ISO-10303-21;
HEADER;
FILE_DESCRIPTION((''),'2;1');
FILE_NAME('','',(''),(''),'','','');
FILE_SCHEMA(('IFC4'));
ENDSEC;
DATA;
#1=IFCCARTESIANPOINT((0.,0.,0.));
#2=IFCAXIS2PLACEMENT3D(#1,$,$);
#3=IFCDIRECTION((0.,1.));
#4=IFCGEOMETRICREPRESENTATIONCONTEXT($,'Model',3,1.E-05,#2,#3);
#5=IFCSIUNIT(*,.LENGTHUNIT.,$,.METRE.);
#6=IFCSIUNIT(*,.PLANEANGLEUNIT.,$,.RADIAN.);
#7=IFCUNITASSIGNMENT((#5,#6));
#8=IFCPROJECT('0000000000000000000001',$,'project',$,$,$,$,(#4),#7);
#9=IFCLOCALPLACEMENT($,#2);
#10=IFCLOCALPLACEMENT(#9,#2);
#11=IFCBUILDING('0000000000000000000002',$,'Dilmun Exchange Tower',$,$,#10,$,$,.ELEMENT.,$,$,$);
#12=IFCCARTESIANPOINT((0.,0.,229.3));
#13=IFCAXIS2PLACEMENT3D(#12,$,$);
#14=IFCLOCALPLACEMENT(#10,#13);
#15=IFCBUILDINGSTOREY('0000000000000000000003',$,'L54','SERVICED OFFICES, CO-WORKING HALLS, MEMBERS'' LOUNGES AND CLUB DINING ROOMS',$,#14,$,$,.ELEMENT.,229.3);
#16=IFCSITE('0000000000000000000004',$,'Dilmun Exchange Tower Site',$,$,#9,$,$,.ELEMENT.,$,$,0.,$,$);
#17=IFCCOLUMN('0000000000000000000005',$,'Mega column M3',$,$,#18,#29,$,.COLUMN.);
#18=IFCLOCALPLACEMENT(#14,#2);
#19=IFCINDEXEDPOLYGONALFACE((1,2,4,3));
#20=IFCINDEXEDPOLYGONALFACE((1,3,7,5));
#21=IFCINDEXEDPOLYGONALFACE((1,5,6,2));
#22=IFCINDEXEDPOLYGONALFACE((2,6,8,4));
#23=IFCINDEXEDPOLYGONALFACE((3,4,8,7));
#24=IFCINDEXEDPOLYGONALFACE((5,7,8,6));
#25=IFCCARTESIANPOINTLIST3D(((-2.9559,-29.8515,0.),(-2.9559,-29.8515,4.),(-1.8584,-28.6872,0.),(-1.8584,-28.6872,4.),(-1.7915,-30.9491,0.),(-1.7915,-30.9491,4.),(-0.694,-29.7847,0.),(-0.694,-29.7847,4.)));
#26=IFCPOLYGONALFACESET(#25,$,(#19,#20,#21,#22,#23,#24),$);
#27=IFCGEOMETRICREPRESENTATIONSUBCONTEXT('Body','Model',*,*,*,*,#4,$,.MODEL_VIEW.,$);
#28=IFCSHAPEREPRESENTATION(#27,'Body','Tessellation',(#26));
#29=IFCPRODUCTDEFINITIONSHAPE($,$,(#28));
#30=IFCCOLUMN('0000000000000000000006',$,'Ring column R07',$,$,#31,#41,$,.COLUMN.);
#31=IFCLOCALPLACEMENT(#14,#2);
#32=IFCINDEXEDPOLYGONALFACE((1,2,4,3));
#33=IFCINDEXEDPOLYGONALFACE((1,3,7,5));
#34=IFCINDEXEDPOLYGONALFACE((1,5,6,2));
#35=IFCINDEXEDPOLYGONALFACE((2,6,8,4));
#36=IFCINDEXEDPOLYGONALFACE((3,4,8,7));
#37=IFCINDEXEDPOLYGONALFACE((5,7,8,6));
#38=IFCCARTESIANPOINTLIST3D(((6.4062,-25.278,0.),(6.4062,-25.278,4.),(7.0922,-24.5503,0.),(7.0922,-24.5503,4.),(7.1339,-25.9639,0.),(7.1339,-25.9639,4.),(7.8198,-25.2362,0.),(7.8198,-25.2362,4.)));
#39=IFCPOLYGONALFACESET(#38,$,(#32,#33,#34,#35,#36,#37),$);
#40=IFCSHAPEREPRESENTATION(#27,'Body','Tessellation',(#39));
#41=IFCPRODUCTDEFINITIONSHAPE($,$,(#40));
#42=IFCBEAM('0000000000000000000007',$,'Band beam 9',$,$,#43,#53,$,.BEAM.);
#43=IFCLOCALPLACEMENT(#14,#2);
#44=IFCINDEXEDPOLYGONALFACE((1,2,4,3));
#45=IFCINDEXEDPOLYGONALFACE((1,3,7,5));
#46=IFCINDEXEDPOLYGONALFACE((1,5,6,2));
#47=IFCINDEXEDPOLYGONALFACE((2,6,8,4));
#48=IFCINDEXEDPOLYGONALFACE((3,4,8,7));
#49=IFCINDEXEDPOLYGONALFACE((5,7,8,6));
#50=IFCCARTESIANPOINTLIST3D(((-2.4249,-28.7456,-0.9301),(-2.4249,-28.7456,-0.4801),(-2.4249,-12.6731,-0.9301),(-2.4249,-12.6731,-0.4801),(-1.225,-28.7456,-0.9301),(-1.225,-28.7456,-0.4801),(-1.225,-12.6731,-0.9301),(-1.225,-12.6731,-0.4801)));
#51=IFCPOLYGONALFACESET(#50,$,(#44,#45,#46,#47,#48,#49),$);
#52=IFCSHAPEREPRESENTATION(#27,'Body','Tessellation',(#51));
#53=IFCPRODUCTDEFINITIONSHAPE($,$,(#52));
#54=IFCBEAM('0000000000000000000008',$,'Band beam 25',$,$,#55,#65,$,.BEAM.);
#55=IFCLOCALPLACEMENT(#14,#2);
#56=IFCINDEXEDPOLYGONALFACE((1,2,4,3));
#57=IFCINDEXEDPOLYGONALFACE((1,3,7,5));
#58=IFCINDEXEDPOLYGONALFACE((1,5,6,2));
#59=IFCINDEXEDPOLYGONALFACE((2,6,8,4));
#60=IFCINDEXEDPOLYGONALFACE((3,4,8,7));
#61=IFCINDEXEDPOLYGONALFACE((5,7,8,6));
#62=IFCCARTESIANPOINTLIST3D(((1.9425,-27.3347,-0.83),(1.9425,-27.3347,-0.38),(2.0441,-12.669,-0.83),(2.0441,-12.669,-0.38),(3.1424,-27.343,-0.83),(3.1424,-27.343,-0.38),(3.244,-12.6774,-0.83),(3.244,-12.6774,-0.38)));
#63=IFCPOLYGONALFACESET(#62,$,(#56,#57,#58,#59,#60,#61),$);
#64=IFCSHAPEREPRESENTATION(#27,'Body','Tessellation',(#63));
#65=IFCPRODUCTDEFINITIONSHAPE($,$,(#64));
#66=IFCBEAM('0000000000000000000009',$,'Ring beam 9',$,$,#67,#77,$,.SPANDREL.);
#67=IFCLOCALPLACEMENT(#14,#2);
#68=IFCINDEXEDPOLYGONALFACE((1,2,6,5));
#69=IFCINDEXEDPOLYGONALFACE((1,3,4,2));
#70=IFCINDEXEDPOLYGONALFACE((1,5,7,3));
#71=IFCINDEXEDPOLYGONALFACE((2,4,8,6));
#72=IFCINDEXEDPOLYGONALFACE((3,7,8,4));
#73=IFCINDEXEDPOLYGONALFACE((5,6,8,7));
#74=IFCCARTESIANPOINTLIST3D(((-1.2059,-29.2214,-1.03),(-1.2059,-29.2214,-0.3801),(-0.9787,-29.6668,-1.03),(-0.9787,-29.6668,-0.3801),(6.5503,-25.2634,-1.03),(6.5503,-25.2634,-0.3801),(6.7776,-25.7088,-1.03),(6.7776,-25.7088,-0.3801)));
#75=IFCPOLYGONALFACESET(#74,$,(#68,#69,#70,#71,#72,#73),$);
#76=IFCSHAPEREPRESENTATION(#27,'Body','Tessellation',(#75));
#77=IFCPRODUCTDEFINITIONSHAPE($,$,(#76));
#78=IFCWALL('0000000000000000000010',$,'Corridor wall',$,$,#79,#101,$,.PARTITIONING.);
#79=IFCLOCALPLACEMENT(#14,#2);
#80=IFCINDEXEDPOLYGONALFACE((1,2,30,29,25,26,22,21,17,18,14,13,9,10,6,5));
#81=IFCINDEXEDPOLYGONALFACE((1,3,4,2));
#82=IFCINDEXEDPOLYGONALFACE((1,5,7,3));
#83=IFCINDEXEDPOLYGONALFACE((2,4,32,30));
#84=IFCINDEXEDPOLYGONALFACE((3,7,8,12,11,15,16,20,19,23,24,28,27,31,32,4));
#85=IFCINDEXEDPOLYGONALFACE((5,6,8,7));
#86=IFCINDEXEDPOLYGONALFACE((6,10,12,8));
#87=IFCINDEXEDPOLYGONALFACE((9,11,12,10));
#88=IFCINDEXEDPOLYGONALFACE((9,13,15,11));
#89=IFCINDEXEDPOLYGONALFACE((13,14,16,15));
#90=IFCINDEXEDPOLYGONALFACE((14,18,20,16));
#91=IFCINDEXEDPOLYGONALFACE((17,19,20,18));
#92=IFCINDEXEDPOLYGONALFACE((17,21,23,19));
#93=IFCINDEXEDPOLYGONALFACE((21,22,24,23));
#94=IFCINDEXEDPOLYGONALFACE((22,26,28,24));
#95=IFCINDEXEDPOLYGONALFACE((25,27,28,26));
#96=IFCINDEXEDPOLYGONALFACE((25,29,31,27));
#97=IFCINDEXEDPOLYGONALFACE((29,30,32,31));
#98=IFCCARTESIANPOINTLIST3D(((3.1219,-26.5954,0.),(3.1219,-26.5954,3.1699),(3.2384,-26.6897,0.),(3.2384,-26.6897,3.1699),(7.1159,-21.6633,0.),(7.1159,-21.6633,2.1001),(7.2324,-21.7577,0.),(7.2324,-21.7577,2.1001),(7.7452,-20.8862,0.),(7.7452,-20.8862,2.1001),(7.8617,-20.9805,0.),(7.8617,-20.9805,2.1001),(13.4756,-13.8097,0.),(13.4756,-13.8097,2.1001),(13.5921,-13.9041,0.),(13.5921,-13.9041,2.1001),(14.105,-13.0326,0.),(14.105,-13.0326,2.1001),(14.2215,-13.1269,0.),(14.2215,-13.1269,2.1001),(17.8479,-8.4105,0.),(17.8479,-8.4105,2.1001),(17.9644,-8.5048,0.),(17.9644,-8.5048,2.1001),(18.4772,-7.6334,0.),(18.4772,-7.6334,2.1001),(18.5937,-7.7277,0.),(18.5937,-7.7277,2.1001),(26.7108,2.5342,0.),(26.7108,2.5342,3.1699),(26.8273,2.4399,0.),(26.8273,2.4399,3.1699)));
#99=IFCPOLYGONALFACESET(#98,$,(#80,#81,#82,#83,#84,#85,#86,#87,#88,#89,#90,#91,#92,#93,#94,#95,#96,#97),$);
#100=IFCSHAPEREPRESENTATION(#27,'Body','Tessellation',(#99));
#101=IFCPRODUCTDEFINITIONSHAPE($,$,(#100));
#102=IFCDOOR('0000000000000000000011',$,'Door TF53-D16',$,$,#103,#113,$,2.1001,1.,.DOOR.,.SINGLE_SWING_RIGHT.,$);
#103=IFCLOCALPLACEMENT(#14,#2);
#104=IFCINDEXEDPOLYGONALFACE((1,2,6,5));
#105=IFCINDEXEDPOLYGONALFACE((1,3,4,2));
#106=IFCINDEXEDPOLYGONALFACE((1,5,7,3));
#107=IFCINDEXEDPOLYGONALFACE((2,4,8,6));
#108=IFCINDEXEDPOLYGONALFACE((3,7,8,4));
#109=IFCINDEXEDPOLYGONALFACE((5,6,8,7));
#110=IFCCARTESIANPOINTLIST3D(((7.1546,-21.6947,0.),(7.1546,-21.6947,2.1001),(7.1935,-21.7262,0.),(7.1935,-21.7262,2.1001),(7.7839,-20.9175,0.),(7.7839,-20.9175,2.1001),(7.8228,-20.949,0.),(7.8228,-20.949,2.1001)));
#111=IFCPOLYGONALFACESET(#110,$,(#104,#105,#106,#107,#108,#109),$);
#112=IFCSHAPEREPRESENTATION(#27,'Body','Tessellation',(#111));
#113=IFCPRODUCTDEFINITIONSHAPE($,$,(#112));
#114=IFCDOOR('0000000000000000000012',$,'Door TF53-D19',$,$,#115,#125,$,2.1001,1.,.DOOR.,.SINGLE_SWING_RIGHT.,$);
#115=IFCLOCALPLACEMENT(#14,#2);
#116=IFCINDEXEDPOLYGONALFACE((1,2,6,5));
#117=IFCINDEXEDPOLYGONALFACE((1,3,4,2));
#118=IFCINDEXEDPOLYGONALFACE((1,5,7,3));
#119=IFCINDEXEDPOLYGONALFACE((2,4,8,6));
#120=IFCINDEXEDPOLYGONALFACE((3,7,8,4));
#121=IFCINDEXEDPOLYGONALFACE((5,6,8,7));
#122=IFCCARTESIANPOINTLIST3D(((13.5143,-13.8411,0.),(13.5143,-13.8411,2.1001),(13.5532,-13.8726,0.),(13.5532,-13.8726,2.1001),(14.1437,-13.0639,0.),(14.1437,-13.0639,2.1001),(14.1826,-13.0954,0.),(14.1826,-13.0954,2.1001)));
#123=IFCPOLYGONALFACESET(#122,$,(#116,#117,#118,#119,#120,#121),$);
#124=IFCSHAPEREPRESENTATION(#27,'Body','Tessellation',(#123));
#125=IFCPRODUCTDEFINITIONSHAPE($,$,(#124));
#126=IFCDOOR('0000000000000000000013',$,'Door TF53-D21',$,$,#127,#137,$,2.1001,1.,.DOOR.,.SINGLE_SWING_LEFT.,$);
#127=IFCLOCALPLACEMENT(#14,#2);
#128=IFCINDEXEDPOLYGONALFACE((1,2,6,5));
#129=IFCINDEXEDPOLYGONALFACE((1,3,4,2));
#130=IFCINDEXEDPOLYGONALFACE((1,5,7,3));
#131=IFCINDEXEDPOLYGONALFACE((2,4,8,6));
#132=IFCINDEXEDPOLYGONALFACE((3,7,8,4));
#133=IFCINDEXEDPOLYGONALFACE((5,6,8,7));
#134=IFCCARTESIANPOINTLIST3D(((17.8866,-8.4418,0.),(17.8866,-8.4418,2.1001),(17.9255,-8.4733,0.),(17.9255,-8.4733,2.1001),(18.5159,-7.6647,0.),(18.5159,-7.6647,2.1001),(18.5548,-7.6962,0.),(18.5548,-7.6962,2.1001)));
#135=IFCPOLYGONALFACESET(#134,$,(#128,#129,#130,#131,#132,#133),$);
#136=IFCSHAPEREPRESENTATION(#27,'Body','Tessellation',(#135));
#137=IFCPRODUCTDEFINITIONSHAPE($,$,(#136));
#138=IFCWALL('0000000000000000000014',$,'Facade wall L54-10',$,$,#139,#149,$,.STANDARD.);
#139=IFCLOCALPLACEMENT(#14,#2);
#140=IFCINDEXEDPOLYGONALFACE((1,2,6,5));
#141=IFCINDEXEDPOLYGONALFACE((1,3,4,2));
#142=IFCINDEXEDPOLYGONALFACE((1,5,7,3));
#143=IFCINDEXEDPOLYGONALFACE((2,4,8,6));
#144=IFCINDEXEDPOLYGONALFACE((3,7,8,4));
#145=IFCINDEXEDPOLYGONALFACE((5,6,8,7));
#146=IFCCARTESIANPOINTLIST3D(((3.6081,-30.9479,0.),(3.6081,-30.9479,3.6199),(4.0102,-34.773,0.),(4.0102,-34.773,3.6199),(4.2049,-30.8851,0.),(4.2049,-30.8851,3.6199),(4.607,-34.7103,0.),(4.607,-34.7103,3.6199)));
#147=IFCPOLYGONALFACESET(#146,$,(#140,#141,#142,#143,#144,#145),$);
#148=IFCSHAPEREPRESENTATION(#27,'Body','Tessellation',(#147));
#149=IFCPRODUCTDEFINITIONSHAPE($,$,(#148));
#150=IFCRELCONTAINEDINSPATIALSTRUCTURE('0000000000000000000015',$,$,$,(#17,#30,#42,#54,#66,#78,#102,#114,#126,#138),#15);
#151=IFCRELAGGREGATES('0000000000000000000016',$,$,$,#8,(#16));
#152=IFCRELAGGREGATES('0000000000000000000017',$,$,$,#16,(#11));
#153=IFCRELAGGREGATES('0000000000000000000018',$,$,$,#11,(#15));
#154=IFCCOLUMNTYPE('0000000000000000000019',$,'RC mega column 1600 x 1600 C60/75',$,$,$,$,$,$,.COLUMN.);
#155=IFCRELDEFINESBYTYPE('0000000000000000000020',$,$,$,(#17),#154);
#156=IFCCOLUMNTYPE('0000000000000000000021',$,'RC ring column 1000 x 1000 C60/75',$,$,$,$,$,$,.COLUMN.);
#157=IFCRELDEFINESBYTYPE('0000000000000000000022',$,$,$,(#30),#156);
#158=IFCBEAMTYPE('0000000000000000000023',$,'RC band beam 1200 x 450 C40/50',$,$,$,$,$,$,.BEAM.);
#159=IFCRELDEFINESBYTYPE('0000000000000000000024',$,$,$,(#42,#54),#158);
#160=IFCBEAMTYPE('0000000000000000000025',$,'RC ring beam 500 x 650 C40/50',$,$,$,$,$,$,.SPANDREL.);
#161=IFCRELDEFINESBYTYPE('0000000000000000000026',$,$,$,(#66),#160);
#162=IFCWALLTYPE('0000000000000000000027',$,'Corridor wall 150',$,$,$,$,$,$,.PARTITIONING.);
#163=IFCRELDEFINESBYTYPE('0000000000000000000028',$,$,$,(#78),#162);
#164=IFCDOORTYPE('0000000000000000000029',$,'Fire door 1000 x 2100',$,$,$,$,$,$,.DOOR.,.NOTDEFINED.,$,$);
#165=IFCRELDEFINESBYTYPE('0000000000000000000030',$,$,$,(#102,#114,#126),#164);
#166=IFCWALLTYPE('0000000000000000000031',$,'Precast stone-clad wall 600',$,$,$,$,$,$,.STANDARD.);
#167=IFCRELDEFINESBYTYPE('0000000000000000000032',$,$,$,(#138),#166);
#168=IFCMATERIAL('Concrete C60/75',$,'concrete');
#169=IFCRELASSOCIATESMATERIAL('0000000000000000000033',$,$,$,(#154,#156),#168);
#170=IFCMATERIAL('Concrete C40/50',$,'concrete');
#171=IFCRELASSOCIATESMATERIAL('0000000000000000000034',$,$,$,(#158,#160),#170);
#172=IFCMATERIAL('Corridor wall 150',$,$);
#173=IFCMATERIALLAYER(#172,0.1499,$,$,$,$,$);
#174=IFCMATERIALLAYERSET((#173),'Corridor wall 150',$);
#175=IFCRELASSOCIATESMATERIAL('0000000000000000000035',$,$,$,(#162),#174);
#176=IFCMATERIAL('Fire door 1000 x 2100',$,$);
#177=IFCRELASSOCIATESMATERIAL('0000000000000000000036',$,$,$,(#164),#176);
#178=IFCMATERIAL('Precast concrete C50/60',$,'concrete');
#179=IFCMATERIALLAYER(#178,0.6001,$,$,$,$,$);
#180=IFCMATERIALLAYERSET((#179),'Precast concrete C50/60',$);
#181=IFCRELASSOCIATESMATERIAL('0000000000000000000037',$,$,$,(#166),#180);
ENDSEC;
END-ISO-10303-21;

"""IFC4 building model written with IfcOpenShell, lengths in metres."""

from ifc_helpers import new_model, si_unit, direction, frame, frame_2d, origin, origin_2d, place, context, subcontext, project, spatial, rectangle, extrude, material, layer, layer_set, material_profile, profile_set, type_object, element, fill, save


model = new_model("IFC4")

# Units and contexts
model_context = context("Model", 3, precision=1e-05, world=origin(), true_north=direction((0.0, 1.0)))
body_context = subcontext(model_context, "Body", "Model", "MODEL_VIEW")
ifc_project = project(units=[si_unit("LENGTHUNIT", "METRE"), si_unit("PLANEANGLEUNIT", "RADIAN")], contexts=[model_context])

# Site, building, storey
site_placement = place(None, origin())
site = spatial("IfcSite", under=ifc_project, at=site_placement, Name="Dilmun Exchange Tower Site", CompositionType="ELEMENT", RefElevation=0.0)
building_placement = place(site_placement, origin())
building = spatial("IfcBuilding", under=site, at=building_placement, Name="Dilmun Exchange Tower", CompositionType="ELEMENT")
storey_placement = place(building_placement, frame((0.0, 0.0, 229.3)))
storey = spatial("IfcBuildingStorey", under=building, at=storey_placement, Name="L54", Description="SERVICED OFFICES, CO-WORKING HALLS, MEMBERS' LOUNGES AND CLUB DINING ROOMS", CompositionType="ELEMENT", Elevation=229.3)

# Columns
ifc_material_1 = material(Name="Concrete C60/75", Category="concrete")
ifc_material_profile_1 = material_profile(ifc_material_1, rectangle(XDim=1.6001, YDim=1.6001, at=origin_2d()), Name="1600 x 1600")
ifc_profile_set_1 = profile_set([ifc_material_profile_1], Name="Concrete C60/75")
column_type_1 = type_object("IfcColumnType", Name="RC mega column 1600 x 1600 C60/75", PredefinedType="COLUMN", material=ifc_profile_set_1)
column_1_placement = place(storey_placement, frame((-1.825, -29.8181, 0.0), z_axis=(0.0, 0.0, 1.0), x_axis=(0.685916, 0.727681, 0.0)))
element("IfcColumn", 1, at=column_1_placement, inside=storey, type_object=column_type_1, Name="Mega column M3", PredefinedType="COLUMN", context=body_context, shape_type="SweptSolid", body=[
    extrude(rectangle(XDim=1.6001, YDim=1.6001, at=origin_2d()), origin(), (0.0, 0.0, 1.0), 4.0),
])
ifc_material_profile_2 = material_profile(ifc_material_1, rectangle(XDim=1.0, YDim=1.0, at=origin_2d()), Name="1000 x 1000")
ifc_profile_set_2 = profile_set([ifc_material_profile_2], Name="Concrete C60/75")
column_type_2 = type_object("IfcColumnType", Name="RC ring column 1000 x 1000 C60/75", PredefinedType="COLUMN", material=ifc_profile_set_2)
column_2_placement = place(storey_placement, frame((7.113, -25.2571, 0.0), z_axis=(0.0, 0.0, 1.0), x_axis=(0.685916, 0.727681, 0.0)))
element("IfcColumn", 2, at=column_2_placement, inside=storey, type_object=column_type_2, Name="Ring column R07", PredefinedType="COLUMN", context=body_context, shape_type="SweptSolid", body=[
    extrude(rectangle(XDim=1.0, YDim=1.0, at=origin_2d()), origin(), (0.0, 0.0, 1.0), 4.0),
])

# Beams
ifc_material_2 = material(Name="Concrete C40/50", Category="concrete")
ifc_material_profile_3 = material_profile(ifc_material_2, rectangle(XDim=1.2, YDim=0.45, at=origin_2d()), Name="1200 x 450")
ifc_profile_set_3 = profile_set([ifc_material_profile_3], Name="Concrete C40/50")
beam_type_1 = type_object("IfcBeamType", Name="RC band beam 1200 x 450 C40/50", PredefinedType="BEAM", material=ifc_profile_set_3)
beam_1_placement = place(storey_placement, frame((-1.825, -28.7456, -0.7051), z_axis=(0.0, 1.0, 0.0), x_axis=(-1.0, 0.0, 0.0)))
element("IfcBeam", 3, at=beam_1_placement, inside=storey, type_object=beam_type_1, Name="Band beam 9", PredefinedType="BEAM", context=body_context, shape_type="SweptSolid", body=[
    extrude(rectangle(XDim=1.2, YDim=0.45, at=origin_2d()), origin(), (0.0, 0.0, 1.0), 16.0725),
])
beam_2_placement = place(storey_placement, frame((2.5425, -27.3389, -0.605), z_axis=(0.006925, 0.999976, 0.0), x_axis=(-0.999976, 0.006925, 0.0)))
element("IfcBeam", 4, at=beam_2_placement, inside=storey, type_object=beam_type_1, Name="Band beam 25", PredefinedType="BEAM", context=body_context, shape_type="SweptSolid", body=[
    extrude(rectangle(XDim=1.2, YDim=0.45, at=origin_2d()), origin(), (0.0, 0.0, 1.0), 14.666),
])
ifc_material_profile_4 = material_profile(ifc_material_2, rectangle(XDim=0.5, YDim=0.6499, at=origin_2d()), Name="500 x 650")
ifc_profile_set_4 = profile_set([ifc_material_profile_4], Name="Concrete C40/50")
beam_type_2 = type_object("IfcBeamType", Name="RC ring beam 500 x 650 C40/50", PredefinedType="SPANDREL", material=ifc_profile_set_4)
beam_3_placement = place(storey_placement, frame((-1.0923, -29.4441, -0.7051), z_axis=(0.89073, 0.454533, 0.0), x_axis=(-0.454533, 0.89073, 0.0)))
element("IfcBeam", 5, at=beam_3_placement, inside=storey, type_object=beam_type_2, Name="Ring beam 9", PredefinedType="SPANDREL", context=body_context, shape_type="SweptSolid", body=[
    extrude(rectangle(XDim=0.5, YDim=0.6499, at=origin_2d()), origin(), (0.0, 0.0, 1.0), 8.7078),
])

# Wall, openings, doors
ifc_material_3 = material(Name="Corridor wall 150")
ifc_layer_1 = layer(ifc_material_3, 0.1499)
ifc_layer_set_1 = layer_set([ifc_layer_1], Name="Corridor wall 150")
wall_type_1 = type_object("IfcWallType", Name="Corridor wall 150", PredefinedType="PARTITIONING", material=ifc_layer_set_1)
wall_1_placement = place(storey_placement, frame((3.1802, -26.6426, 0.0), z_axis=(0.0, 0.0, 1.0), x_axis=(0.629323, 0.777144, 0.0)))
wall_1 = element("IfcWall", 6, at=wall_1_placement, inside=storey, type_object=wall_type_1, Name="Corridor wall", PredefinedType="PARTITIONING", context=body_context, shape_type="SweptSolid", body=[
    extrude(rectangle(XDim=37.4829, YDim=0.1499, at=frame_2d((18.7415, 0.0))), origin(), (0.0, 0.0, 1.0), 3.1699),
])
opening_1_placement = place(wall_1_placement, frame((6.3464, 0.0, 0.0)))
opening_1 = element("IfcOpeningElement", 7, at=opening_1_placement, cuts=wall_1, PredefinedType="OPENING", context=body_context, shape_type="SweptSolid", body=[
    extrude(rectangle(XDim=1.0, YDim=2.1001, at=frame_2d((0.5, 1.05))), frame((0.0, 0.085, 0.0), z_axis=(0.0, -1.0, 0.0), x_axis=(1.0, 0.0, 0.0)), (0.0, 0.0, 1.0), 0.1699),
])
opening_2_placement = place(wall_1_placement, frame((16.4521, 0.0, 0.0)))
opening_2 = element("IfcOpeningElement", 8, at=opening_2_placement, cuts=wall_1, PredefinedType="OPENING", context=body_context, shape_type="SweptSolid", body=[
    extrude(rectangle(XDim=1.0, YDim=2.1001, at=frame_2d((0.5, 1.05))), frame((0.0, 0.085, 0.0), z_axis=(0.0, -1.0, 0.0), x_axis=(1.0, 0.0, 0.0)), (0.0, 0.0, 1.0), 0.1699),
])
opening_3_placement = place(wall_1_placement, frame((23.3997, 0.0, 0.0)))
opening_3 = element("IfcOpeningElement", 9, at=opening_3_placement, cuts=wall_1, PredefinedType="OPENING", context=body_context, shape_type="SweptSolid", body=[
    extrude(rectangle(XDim=1.0, YDim=2.1001, at=frame_2d((0.5, 1.05))), frame((0.0, 0.085, 0.0), z_axis=(0.0, -1.0, 0.0), x_axis=(1.0, 0.0, 0.0)), (0.0, 0.0, 1.0), 0.1699),
])
ifc_material_4 = material(Name="Fire door 1000 x 2100")
door_type = type_object("IfcDoorType", Name="Fire door 1000 x 2100", OperationType="NOTDEFINED", PredefinedType="DOOR", material=ifc_material_4)
door_1_placement = place(opening_1_placement, frame((1.0, 0.0, 0.0), z_axis=(0.0, 0.0, 1.0), x_axis=(-1.0, 0.0, 0.0)))
door_1 = element("IfcDoor", 10, at=door_1_placement, inside=storey, type_object=door_type, Name="Door TF53-D16", OperationType="SINGLE_SWING_RIGHT", OverallHeight=2.1001, OverallWidth=1.0, PredefinedType="DOOR", context=body_context, shape_type="SweptSolid", body=[
    extrude(rectangle(XDim=1.0, YDim=2.1001, at=frame_2d((0.5, 1.05))), frame((0.0, 0.0249, 0.0), z_axis=(0.0, -1.0, 0.0), x_axis=(1.0, 0.0, 0.0)), (0.0, 0.0, 1.0), 0.05),
])
fill(opening_1, door_1)
door_2_placement = place(opening_2_placement, frame((1.0, 0.0, 0.0), z_axis=(0.0, 0.0, 1.0), x_axis=(-1.0, 0.0, 0.0)))
door_2 = element("IfcDoor", 11, at=door_2_placement, inside=storey, type_object=door_type, Name="Door TF53-D19", OperationType="SINGLE_SWING_RIGHT", OverallHeight=2.1001, OverallWidth=1.0, PredefinedType="DOOR", context=body_context, shape_type="SweptSolid", body=[
    extrude(rectangle(XDim=1.0, YDim=2.1001, at=frame_2d((0.5, 1.05))), frame((0.0, 0.0249, 0.0), z_axis=(0.0, -1.0, 0.0), x_axis=(1.0, 0.0, 0.0)), (0.0, 0.0, 1.0), 0.05),
])
fill(opening_2, door_2)
door_3_placement = place(opening_3_placement, frame((1.0, 0.0, 0.0), z_axis=(0.0, 0.0, 1.0), x_axis=(-1.0, 0.0, 0.0)))
door_3 = element("IfcDoor", 12, at=door_3_placement, inside=storey, type_object=door_type, Name="Door TF53-D21", OperationType="SINGLE_SWING_LEFT", OverallHeight=2.1001, OverallWidth=1.0, PredefinedType="DOOR", context=body_context, shape_type="SweptSolid", body=[
    extrude(rectangle(XDim=1.0, YDim=2.1001, at=frame_2d((0.5, 1.05))), frame((0.0, 0.0249, 0.0), z_axis=(0.0, -1.0, 0.0), x_axis=(1.0, 0.0, 0.0)), (0.0, 0.0, 1.0), 0.05),
])
fill(opening_3, door_3)

# Wall
ifc_material_5 = material(Name="Precast concrete C50/60", Category="concrete")
ifc_layer_2 = layer(ifc_material_5, 0.6001)
ifc_layer_set_2 = layer_set([ifc_layer_2], Name="Precast concrete C50/60")
wall_type_2 = type_object("IfcWallType", Name="Precast stone-clad wall 600", PredefinedType="STANDARD", material=ifc_layer_set_2)
wall_2_placement = place(storey_placement, frame((3.9065, -30.9165, 0.0), z_axis=(0.0, 0.0, 1.0), x_axis=(0.104543, -0.99452, 0.0)))
element("IfcWall", 13, at=wall_2_placement, inside=storey, type_object=wall_type_2, Name="Facade wall L54-10", PredefinedType="STANDARD", context=body_context, shape_type="SweptSolid", body=[
    extrude(rectangle(XDim=3.8462, YDim=0.6001, at=frame_2d((1.9231, 0.0))), origin(), (0.0, 0.0, 1.0), 3.6199),
])

save(model, "model.ifc")
